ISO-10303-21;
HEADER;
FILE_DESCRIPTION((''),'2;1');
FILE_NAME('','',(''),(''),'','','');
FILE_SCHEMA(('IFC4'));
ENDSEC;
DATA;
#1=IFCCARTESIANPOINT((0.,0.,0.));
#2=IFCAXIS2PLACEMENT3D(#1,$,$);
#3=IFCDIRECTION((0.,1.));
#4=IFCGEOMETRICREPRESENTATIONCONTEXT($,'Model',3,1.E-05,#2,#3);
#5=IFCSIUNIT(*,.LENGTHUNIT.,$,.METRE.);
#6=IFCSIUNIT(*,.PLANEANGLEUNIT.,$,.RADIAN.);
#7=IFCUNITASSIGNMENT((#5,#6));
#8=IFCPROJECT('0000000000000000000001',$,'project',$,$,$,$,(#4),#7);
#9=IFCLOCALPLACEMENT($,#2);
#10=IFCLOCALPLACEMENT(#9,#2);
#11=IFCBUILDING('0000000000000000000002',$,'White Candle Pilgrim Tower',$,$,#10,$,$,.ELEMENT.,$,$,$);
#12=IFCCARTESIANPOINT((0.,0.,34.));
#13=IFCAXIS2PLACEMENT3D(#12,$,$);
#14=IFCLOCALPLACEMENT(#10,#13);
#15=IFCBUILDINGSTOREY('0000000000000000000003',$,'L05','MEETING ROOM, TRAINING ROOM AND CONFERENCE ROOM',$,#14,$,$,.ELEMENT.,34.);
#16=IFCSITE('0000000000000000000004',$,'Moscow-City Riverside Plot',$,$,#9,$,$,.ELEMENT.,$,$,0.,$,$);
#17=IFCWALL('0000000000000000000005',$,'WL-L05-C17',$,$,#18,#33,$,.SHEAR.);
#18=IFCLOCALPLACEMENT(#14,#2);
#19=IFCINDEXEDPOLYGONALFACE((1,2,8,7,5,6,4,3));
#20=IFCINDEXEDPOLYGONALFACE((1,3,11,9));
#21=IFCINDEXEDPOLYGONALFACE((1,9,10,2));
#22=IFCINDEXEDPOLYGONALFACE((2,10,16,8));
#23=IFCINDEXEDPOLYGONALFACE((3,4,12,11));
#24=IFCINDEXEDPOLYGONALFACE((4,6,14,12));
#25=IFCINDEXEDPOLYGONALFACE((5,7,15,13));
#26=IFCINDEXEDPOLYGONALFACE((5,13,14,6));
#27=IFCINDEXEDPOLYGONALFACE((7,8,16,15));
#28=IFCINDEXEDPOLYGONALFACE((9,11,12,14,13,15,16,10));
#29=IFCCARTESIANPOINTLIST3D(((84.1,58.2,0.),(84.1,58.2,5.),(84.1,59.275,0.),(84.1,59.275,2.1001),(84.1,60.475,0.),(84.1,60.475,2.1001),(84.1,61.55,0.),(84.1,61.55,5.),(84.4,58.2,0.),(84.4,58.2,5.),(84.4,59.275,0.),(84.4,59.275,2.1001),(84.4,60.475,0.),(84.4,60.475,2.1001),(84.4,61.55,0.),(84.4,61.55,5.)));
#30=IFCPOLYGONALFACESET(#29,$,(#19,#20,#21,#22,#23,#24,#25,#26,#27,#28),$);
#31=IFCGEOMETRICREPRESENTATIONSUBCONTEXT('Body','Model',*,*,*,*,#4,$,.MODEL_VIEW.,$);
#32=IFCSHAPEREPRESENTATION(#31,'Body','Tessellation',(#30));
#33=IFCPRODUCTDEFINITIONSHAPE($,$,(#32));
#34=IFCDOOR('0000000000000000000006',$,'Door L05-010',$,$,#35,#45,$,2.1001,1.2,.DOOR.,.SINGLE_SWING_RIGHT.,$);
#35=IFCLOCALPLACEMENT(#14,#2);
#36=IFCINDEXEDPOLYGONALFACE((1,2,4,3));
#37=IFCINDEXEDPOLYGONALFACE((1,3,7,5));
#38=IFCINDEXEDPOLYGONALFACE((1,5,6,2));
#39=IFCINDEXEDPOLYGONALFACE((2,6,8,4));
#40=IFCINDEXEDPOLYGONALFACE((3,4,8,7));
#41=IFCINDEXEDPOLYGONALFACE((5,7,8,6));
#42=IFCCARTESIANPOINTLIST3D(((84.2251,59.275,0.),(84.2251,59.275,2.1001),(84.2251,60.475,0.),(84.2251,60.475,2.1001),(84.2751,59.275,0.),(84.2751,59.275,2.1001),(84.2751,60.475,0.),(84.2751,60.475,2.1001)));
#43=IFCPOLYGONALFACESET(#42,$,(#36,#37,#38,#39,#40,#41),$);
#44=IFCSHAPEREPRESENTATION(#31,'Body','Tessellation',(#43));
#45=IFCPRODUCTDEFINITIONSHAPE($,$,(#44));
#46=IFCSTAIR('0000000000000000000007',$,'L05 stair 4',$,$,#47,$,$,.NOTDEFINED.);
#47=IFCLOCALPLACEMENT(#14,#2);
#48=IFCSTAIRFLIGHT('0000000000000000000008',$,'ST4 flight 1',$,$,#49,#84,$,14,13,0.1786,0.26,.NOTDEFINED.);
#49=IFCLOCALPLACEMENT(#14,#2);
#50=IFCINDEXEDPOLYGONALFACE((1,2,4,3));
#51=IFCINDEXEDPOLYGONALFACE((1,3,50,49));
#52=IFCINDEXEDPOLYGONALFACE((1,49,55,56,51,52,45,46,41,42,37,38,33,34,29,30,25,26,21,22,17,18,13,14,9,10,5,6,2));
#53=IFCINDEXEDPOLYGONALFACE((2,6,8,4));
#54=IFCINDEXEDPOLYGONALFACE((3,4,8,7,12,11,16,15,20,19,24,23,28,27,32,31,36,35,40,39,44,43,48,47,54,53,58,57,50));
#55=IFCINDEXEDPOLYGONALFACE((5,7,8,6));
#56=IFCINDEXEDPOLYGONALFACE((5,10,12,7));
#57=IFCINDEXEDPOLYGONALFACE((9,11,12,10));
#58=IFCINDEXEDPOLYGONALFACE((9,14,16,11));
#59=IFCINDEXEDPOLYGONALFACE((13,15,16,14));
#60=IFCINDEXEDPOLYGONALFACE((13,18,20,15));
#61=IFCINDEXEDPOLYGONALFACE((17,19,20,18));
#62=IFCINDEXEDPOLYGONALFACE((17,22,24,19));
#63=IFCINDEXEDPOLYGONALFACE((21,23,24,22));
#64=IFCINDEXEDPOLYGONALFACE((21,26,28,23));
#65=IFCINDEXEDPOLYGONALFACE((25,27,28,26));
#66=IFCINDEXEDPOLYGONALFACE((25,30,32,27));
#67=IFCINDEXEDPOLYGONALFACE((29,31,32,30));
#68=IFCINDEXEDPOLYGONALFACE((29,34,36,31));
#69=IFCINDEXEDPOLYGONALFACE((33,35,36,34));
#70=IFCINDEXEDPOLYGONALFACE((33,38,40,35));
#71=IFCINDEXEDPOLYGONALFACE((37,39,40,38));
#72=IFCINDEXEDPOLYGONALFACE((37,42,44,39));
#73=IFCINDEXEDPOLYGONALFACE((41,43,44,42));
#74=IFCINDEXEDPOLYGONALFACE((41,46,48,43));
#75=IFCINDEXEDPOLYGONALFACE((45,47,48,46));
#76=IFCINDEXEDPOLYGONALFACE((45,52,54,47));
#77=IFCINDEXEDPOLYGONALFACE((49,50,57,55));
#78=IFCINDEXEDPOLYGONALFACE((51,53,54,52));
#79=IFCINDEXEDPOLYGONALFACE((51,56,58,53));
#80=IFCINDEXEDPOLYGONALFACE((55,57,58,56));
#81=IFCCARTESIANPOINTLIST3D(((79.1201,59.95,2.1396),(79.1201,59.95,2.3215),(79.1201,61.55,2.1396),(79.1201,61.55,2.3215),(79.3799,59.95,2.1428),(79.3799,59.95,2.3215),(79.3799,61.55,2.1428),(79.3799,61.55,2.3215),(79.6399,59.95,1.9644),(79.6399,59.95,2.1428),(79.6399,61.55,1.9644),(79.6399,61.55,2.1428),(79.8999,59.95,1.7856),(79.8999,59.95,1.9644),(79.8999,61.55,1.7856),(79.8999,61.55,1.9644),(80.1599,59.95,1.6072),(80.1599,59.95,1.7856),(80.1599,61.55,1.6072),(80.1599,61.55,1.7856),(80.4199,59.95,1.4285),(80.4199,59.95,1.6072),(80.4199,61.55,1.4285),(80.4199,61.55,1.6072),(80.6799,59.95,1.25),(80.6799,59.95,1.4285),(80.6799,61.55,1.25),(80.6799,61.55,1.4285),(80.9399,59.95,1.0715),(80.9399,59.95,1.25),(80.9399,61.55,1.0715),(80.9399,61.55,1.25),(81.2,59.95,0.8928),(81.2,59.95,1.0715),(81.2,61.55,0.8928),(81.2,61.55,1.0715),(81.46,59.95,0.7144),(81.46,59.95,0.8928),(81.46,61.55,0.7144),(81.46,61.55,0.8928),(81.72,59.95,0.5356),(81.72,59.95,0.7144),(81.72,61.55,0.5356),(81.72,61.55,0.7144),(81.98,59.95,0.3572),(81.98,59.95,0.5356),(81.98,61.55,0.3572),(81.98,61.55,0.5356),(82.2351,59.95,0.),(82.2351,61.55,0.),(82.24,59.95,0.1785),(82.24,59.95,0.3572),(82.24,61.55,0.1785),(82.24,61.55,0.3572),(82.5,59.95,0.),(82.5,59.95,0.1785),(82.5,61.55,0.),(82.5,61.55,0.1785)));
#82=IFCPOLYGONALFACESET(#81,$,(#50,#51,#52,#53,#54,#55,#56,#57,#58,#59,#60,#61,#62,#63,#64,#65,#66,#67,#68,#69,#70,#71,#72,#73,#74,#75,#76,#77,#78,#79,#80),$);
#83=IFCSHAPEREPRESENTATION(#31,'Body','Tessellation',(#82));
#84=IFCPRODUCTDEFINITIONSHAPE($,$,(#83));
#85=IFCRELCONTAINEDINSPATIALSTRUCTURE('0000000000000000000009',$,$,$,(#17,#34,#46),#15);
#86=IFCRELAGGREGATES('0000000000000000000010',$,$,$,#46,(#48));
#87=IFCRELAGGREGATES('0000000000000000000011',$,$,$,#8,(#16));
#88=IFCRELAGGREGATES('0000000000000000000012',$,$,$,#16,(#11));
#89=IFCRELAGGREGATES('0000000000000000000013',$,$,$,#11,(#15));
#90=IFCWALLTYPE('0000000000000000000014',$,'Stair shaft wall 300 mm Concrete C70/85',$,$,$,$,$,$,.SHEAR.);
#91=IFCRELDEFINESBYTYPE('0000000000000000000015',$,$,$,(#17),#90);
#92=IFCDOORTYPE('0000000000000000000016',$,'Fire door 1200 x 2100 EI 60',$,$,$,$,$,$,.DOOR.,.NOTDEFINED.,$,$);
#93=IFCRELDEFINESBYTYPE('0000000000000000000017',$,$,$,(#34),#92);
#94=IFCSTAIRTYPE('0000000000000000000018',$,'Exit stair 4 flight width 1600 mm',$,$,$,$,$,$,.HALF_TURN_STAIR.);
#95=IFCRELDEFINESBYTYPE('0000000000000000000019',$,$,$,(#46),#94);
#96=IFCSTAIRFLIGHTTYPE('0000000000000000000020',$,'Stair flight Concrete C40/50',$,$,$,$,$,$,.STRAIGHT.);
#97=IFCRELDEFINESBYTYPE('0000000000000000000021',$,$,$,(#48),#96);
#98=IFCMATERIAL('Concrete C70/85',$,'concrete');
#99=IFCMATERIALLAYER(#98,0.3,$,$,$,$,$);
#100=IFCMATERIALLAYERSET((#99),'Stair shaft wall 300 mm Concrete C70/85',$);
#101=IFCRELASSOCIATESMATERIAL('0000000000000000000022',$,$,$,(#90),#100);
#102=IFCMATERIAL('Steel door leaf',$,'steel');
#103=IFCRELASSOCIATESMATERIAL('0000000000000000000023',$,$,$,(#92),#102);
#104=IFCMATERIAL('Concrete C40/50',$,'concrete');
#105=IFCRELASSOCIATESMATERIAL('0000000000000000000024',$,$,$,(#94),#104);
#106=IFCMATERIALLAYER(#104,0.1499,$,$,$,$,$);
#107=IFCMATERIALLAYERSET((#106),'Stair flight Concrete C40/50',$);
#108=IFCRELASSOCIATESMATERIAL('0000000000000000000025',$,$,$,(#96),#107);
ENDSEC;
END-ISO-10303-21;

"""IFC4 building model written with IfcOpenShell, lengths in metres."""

from ifc_helpers import new_model, si_unit, direction, frame, frame_2d, origin, place, context, subcontext, project, spatial, polyline, rectangle, outline, extrude, material, layer, layer_set, type_object, element, fill, aggregate, save


model = new_model("IFC4")

# Units and contexts
model_context = context("Model", 3, precision=1e-05, world=origin(), true_north=direction((0.0, 1.0)))
body_context = subcontext(model_context, "Body", "Model", "MODEL_VIEW")
ifc_project = project(units=[si_unit("LENGTHUNIT", "METRE"), si_unit("PLANEANGLEUNIT", "RADIAN")], contexts=[model_context])

# Site, building, storey
site_placement = place(None, origin())
site = spatial("IfcSite", under=ifc_project, at=site_placement, Name="Moscow-City Riverside Plot", CompositionType="ELEMENT", RefElevation=0.0)
building_placement = place(site_placement, origin())
building = spatial("IfcBuilding", under=site, at=building_placement, Name="White Candle Pilgrim Tower", CompositionType="ELEMENT")
storey_placement = place(building_placement, frame((0.0, 0.0, 34.0)))
storey = spatial("IfcBuildingStorey", under=building, at=storey_placement, Name="L05", Description="MEETING ROOM, TRAINING ROOM AND CONFERENCE ROOM", CompositionType="ELEMENT", Elevation=34.0)

# Shared definitions
ifc_material_1 = material(Name="Concrete C70/85", Category="concrete")

# Wall, opening, door
ifc_layer_1 = layer(ifc_material_1, 0.3)
ifc_layer_set_1 = layer_set([ifc_layer_1], Name="Stair shaft wall 300 mm Concrete C70/85")
wall_type_1 = type_object("IfcWallType", Name="Stair shaft wall 300 mm Concrete C70/85", PredefinedType="SHEAR", material=ifc_layer_set_1)
wall_1_placement = place(storey_placement, frame((84.25, 58.2, 0.0), z_axis=(0.0, 0.0, 1.0), x_axis=(0.0, 1.0, 0.0)))
wall_1 = element("IfcWall", 1, at=wall_1_placement, inside=storey, type_object=wall_type_1, Name="WL-L05-C17", PredefinedType="SHEAR", context=body_context, shape_type="SweptSolid", body=[
    extrude(rectangle(XDim=3.3501, YDim=0.3, at=frame_2d((1.675, 0.0))), origin(), (0.0, 0.0, 1.0), 5.0),
])
opening_placement = place(wall_1_placement, frame((1.075, 0.0, 0.0)))
opening = element("IfcOpeningElement", 2, at=opening_placement, cuts=wall_1, PredefinedType="OPENING", context=body_context, shape_type="SweptSolid", body=[
    extrude(rectangle(XDim=1.2, YDim=2.1001, at=frame_2d((0.6001, 1.05))), frame((0.0, 0.1599, 0.0), z_axis=(0.0, -1.0, 0.0), x_axis=(1.0, 0.0, 0.0)), (0.0, 0.0, 1.0), 0.3201),
])
ifc_material_2 = material(Name="Steel door leaf", Category="steel")
door_type = type_object("IfcDoorType", Name="Fire door 1200 x 2100 EI 60", OperationType="NOTDEFINED", PredefinedType="DOOR", material=ifc_material_2)
door_placement = place(opening_placement, origin())
door = element("IfcDoor", 3, at=door_placement, inside=storey, type_object=door_type, Name="Door L05-010", OperationType="SINGLE_SWING_RIGHT", OverallHeight=2.1001, OverallWidth=1.2, PredefinedType="DOOR", context=body_context, shape_type="SweptSolid", body=[
    extrude(rectangle(XDim=1.2, YDim=2.1001, at=frame_2d((0.6001, 1.05))), frame((0.0, 0.0249, 0.0), z_axis=(0.0, -1.0, 0.0), x_axis=(1.0, 0.0, 0.0)), (0.0, 0.0, 1.0), 0.05),
])
fill(opening, door)

# Stair, stair flight
ifc_material_3 = material(Name="Concrete C40/50", Category="concrete")
stair_type = type_object("IfcStairType", Name="Exit stair 4 flight width 1600 mm", PredefinedType="HALF_TURN_STAIR", material=ifc_material_3)
stair_placement = place(storey_placement, origin())
stair = element("IfcStair", 4, at=stair_placement, inside=storey, type_object=stair_type, Name="L05 stair 4", PredefinedType="NOTDEFINED")
ifc_layer_2 = layer(ifc_material_3, 0.1499)
ifc_layer_set_2 = layer_set([ifc_layer_2], Name="Stair flight Concrete C40/50")
stair_flight_type = type_object("IfcStairFlightType", Name="Stair flight Concrete C40/50", PredefinedType="STRAIGHT", material=ifc_layer_set_2)
stair_flight_placement = place(storey_placement, frame((82.5, 60.75, 0.0), z_axis=(0.0, 0.0, 1.0), x_axis=(-1.0, 0.0, 0.0)))
stair_flight = element("IfcStairFlight", 5, at=stair_flight_placement, type_object=stair_flight_type, Name="ST4 flight 1", NumberOfRisers=14, NumberOfTreads=13, PredefinedType="NOTDEFINED", RiserHeight=0.1786, TreadLength=0.26, context=body_context, shape_type="SweptSolid", body=[
    extrude(outline(polyline([(0.0, 0.0), (0.0, 0.1785), (0.26, 0.1785), (0.26, 0.3572), (0.52, 0.3572), (0.52, 0.5356), (0.78, 0.5356), (0.78, 0.7144), (1.04, 0.7144), (1.04, 0.8928), (1.3, 0.8928), (1.3, 1.0715), (1.5601, 1.0715), (1.5601, 1.25), (1.8201, 1.25), (1.8201, 1.4285), (2.0801, 1.4285), (2.0801, 1.6072), (2.3401, 1.6072), (2.3401, 1.7856), (2.6001, 1.7856), (2.6001, 1.9644), (2.8601, 1.9644), (2.8601, 2.1428), (3.1201, 2.1428), (3.1201, 2.3215), (3.3799, 2.3215), (3.3799, 2.5), (3.3799, 2.1396), (0.2649, 0.0), (0.0, 0.0)])), frame((0.0, 0.8, 0.0), z_axis=(0.0, -1.0, 0.0), x_axis=(1.0, 0.0, 0.0)), (0.0, 0.0, 1.0), 1.6001),
])
aggregate(stair, [stair_flight])

save(model, "model.ifc")
